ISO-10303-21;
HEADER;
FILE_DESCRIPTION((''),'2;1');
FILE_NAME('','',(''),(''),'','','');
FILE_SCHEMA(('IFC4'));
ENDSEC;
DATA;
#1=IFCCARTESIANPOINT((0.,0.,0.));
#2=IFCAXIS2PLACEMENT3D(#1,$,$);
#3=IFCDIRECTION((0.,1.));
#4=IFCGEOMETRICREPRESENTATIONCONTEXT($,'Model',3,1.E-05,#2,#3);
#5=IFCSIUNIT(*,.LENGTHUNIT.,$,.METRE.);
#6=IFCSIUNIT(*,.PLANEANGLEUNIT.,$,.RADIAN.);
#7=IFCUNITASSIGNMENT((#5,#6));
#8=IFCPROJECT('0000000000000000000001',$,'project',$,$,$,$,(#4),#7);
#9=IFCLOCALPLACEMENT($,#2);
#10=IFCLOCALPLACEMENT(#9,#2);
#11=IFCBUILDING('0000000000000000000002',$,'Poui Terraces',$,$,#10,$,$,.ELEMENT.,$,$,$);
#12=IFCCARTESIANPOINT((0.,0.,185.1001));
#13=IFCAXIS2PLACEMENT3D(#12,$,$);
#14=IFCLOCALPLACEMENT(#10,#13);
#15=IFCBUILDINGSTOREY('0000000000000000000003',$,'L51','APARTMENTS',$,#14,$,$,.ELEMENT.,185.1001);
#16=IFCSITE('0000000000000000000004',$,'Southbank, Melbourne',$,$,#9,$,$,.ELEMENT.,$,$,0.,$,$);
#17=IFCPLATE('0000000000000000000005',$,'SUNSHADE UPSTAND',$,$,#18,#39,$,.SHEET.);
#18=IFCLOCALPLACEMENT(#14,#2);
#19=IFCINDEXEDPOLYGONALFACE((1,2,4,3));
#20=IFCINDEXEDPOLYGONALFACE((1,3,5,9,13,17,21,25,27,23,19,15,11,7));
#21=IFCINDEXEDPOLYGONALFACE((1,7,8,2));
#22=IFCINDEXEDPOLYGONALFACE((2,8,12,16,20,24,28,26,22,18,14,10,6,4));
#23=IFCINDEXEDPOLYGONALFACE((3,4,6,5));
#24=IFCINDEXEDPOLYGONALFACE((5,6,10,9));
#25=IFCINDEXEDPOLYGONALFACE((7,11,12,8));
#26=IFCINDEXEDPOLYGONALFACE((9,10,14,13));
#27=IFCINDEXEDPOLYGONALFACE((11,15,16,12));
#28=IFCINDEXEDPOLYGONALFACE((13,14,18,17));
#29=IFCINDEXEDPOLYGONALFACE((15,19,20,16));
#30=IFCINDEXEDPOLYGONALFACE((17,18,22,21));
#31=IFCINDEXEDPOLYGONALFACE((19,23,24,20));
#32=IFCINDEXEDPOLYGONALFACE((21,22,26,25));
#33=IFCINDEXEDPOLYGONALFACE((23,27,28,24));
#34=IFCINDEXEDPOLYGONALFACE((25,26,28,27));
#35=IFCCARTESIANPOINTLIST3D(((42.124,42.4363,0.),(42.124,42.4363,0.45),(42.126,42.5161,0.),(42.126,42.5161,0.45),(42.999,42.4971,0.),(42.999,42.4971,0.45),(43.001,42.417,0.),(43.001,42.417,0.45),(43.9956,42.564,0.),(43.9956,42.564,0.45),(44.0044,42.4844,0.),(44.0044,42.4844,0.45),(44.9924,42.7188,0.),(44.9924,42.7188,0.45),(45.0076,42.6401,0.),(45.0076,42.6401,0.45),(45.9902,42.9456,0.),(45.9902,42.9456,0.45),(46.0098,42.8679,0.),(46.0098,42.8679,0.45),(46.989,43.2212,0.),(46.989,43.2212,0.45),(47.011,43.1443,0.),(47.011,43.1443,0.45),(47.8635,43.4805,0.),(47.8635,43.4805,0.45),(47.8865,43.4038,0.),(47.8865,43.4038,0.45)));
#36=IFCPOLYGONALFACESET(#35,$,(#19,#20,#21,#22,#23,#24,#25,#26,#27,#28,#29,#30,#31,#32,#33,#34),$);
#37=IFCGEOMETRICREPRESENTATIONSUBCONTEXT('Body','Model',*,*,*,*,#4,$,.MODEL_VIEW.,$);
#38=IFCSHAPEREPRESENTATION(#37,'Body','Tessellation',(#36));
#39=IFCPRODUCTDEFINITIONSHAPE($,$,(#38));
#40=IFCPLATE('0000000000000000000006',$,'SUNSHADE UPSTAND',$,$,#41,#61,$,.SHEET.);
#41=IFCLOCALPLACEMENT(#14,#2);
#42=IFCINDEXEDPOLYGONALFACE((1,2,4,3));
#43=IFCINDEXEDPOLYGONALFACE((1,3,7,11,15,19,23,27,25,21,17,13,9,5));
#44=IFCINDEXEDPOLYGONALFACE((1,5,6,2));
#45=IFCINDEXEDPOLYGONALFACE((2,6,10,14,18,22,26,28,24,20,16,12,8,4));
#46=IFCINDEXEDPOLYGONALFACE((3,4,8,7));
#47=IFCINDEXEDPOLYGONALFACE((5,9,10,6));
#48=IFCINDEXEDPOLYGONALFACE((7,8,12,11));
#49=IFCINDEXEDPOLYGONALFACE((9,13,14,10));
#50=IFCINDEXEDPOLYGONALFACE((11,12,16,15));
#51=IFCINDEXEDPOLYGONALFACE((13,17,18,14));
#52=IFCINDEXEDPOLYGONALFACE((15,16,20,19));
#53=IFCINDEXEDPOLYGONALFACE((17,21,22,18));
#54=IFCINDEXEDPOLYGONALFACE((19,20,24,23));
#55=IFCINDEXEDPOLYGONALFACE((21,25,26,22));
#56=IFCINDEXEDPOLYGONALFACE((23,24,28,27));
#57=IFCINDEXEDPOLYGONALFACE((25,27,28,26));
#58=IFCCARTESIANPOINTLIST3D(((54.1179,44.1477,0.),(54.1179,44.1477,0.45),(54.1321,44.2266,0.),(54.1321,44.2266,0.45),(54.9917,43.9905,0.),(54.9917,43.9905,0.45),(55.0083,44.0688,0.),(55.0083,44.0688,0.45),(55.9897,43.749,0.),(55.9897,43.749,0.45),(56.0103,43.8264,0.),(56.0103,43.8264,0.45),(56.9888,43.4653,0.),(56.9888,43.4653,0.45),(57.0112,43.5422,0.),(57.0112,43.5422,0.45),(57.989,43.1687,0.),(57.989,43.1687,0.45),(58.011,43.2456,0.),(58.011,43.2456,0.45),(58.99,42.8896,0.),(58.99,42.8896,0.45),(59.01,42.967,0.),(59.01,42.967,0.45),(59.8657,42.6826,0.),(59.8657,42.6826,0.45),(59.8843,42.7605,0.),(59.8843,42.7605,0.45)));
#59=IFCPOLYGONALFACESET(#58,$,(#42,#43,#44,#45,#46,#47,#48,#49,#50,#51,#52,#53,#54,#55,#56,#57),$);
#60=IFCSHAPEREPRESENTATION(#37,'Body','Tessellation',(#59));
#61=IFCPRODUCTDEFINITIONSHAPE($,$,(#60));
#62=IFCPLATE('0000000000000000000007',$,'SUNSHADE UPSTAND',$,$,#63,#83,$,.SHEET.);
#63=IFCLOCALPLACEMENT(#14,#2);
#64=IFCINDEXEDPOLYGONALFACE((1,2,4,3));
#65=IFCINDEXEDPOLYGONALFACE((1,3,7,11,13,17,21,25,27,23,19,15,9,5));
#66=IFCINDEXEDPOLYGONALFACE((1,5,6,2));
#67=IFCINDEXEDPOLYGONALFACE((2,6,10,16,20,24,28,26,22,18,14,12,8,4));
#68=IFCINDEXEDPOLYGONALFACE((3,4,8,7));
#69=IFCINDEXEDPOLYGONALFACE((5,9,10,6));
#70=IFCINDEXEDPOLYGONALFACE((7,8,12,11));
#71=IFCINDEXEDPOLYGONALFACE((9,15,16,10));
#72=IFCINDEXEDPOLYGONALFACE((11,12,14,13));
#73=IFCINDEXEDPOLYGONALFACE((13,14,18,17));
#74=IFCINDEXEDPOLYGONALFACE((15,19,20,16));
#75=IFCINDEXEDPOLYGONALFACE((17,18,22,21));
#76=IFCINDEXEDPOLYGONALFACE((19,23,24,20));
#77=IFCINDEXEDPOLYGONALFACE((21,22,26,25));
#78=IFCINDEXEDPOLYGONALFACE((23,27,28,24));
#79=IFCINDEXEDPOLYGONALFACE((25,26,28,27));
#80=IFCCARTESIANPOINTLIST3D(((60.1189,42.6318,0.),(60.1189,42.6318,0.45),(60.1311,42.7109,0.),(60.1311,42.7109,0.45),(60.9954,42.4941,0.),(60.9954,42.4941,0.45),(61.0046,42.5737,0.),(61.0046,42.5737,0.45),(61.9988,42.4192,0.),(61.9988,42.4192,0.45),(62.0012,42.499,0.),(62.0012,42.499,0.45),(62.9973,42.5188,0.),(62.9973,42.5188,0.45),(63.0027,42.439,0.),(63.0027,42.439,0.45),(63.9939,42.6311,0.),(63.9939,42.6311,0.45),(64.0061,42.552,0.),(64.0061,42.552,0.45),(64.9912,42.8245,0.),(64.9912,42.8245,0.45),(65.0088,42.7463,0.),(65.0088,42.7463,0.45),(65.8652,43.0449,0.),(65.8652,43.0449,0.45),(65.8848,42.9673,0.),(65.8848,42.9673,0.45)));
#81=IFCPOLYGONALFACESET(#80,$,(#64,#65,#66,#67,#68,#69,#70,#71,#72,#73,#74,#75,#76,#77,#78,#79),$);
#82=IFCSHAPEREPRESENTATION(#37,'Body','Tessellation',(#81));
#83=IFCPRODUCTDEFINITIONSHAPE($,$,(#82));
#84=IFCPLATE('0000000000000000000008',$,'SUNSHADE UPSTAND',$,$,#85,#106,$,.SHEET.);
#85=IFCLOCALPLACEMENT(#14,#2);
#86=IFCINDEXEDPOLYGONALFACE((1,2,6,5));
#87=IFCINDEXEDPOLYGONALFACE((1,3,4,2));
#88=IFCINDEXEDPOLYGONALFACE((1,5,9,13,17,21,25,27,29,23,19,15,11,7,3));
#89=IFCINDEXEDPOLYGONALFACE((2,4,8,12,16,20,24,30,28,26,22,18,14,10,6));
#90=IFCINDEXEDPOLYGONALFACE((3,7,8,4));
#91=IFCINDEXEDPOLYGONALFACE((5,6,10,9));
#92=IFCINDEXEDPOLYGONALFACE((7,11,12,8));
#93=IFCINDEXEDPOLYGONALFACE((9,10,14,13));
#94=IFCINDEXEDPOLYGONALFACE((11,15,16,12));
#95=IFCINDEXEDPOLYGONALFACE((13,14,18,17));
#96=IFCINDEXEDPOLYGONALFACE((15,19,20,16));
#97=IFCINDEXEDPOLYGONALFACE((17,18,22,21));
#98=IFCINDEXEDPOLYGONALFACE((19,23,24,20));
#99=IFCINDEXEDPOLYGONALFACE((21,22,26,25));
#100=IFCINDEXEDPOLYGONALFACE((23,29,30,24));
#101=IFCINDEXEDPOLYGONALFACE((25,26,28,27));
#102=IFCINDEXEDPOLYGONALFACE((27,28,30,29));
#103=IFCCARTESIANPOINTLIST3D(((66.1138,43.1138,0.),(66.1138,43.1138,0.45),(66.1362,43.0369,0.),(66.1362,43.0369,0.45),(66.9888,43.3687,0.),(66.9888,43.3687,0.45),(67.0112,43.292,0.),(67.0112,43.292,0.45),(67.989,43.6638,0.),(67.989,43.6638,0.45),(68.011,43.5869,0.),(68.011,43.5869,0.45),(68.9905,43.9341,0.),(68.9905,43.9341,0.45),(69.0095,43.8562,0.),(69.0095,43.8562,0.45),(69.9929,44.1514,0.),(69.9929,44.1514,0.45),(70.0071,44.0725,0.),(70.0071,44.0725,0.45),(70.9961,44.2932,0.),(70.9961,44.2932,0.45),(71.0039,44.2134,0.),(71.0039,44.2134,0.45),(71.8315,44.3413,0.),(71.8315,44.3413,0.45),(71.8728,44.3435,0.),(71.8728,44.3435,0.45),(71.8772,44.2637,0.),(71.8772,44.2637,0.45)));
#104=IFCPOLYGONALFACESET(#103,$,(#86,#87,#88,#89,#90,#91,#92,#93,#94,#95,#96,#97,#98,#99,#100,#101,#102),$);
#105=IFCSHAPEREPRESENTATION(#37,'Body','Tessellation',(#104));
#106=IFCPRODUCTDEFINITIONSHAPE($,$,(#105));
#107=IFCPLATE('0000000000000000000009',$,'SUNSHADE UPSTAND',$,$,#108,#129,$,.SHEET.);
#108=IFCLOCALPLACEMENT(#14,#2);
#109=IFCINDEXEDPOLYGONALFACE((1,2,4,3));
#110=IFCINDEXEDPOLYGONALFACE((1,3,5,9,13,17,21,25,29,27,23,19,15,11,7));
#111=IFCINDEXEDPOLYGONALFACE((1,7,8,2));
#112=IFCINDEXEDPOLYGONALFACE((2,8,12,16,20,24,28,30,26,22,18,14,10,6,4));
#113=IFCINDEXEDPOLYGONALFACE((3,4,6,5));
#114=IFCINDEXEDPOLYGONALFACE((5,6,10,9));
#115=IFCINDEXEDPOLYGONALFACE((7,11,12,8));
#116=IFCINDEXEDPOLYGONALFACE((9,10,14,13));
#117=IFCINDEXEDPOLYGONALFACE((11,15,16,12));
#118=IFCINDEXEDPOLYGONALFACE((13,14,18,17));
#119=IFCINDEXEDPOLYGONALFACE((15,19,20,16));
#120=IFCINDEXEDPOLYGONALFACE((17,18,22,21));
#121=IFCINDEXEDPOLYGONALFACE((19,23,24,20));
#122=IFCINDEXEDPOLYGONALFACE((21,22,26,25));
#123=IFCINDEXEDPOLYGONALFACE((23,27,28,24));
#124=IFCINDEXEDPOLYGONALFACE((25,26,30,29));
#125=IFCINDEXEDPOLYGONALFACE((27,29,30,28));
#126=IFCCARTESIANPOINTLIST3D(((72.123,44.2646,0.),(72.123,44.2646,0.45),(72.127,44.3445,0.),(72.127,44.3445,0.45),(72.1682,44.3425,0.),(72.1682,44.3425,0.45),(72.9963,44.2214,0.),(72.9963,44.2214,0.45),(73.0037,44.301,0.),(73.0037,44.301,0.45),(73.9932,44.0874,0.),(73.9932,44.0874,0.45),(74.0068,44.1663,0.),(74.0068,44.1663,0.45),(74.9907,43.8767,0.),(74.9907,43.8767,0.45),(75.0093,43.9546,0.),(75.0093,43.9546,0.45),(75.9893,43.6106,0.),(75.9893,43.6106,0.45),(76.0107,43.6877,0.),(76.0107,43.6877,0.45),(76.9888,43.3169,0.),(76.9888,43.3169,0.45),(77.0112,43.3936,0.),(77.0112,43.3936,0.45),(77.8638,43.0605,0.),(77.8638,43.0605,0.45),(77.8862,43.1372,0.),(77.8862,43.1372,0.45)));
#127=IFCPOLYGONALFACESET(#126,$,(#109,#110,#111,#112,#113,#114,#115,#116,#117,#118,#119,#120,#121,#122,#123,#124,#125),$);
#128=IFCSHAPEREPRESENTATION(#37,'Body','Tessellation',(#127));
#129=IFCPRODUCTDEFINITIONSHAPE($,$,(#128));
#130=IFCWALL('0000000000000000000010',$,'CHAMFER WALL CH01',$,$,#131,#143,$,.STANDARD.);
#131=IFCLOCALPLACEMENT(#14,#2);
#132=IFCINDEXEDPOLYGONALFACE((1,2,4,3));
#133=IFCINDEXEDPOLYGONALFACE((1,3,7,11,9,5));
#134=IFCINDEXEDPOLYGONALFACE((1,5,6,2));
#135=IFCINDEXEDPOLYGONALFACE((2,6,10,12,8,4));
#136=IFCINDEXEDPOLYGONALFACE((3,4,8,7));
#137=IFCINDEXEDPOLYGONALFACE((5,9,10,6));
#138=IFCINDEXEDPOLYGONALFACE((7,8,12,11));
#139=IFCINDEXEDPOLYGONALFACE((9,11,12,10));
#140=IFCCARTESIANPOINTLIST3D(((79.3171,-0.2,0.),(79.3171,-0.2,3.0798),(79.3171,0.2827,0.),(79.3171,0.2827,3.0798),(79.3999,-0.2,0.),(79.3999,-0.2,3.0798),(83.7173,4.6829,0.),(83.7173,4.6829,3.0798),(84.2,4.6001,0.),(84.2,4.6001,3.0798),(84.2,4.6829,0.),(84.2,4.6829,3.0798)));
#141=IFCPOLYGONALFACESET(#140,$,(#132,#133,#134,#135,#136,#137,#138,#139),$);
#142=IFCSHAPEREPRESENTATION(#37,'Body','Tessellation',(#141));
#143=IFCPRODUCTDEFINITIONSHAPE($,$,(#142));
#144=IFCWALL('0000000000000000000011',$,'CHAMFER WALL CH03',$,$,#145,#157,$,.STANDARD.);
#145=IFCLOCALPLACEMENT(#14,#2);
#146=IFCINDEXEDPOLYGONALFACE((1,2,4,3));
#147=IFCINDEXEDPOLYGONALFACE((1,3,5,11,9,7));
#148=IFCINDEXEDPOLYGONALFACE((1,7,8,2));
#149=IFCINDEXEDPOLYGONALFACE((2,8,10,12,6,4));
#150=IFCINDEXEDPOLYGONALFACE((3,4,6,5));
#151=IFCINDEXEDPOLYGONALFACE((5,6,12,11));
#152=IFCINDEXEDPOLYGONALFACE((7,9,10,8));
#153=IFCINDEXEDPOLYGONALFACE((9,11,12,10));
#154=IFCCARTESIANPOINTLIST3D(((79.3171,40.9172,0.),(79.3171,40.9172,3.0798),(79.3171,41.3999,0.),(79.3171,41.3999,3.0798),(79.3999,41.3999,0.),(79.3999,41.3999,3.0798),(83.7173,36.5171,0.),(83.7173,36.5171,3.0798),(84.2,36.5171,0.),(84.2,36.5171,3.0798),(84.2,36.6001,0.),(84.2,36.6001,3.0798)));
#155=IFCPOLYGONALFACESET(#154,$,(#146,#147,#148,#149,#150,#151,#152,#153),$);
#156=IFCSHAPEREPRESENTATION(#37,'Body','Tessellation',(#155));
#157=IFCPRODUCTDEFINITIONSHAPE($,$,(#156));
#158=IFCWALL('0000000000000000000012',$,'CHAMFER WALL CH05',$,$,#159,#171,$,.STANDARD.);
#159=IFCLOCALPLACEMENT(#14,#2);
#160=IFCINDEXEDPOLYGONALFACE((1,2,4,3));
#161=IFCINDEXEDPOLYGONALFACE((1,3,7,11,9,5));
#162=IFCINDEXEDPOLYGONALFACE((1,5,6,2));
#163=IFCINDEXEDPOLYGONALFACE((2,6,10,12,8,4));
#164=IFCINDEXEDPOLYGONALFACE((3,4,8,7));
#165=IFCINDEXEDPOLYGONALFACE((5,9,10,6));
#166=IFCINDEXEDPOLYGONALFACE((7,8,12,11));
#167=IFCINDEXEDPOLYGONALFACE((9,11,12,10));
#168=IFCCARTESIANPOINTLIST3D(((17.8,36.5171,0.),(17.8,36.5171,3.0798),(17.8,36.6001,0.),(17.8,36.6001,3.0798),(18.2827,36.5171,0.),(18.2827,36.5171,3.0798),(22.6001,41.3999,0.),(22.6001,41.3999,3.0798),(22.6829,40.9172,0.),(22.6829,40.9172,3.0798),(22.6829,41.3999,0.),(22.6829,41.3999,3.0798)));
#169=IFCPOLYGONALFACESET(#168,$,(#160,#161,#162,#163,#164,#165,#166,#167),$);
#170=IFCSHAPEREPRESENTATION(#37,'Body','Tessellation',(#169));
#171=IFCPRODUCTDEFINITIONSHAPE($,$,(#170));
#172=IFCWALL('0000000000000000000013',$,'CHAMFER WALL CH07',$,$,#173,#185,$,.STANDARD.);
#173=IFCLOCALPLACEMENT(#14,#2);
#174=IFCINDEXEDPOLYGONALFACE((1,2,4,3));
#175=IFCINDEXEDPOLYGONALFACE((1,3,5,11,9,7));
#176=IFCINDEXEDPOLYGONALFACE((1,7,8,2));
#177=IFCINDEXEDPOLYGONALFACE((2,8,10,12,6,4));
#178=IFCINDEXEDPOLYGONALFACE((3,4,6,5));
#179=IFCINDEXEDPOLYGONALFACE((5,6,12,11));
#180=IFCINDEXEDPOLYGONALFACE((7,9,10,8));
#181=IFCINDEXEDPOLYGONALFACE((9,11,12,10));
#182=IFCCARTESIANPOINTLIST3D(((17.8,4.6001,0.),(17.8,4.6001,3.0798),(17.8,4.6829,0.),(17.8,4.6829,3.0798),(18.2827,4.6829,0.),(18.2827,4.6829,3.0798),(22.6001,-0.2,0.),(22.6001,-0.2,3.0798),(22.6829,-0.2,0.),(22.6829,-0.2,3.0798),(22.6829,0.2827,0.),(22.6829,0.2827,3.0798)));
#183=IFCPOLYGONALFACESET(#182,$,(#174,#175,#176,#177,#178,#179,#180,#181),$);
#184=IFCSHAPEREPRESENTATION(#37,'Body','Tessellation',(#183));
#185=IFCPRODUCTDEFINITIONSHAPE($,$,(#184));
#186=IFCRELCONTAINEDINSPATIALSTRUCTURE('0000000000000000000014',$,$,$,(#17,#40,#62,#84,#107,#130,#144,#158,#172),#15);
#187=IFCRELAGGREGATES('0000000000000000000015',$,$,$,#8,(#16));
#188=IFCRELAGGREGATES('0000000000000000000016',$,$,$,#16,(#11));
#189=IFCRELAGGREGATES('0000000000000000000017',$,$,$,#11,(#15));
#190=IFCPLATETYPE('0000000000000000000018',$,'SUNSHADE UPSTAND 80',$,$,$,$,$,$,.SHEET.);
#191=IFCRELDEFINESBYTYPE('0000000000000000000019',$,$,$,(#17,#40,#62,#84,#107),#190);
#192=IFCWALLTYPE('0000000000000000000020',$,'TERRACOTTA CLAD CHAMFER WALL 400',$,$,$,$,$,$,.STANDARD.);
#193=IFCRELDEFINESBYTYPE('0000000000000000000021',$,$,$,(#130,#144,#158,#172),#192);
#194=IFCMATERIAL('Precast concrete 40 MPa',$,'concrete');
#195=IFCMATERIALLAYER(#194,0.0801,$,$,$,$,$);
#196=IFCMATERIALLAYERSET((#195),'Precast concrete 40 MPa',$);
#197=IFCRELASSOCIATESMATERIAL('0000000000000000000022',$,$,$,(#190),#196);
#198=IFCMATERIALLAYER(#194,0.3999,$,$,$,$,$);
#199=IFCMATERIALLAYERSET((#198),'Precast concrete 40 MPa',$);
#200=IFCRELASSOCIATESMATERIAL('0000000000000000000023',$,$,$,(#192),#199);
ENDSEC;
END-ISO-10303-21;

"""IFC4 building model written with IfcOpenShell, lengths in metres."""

from ifc_helpers import new_model, si_unit, direction, frame, origin, place, context, subcontext, project, spatial, polyline, outline, extrude, material, layer, layer_set, type_object, element, save


model = new_model("IFC4")

# Units and contexts
model_context = context("Model", 3, precision=1e-05, world=origin(), true_north=direction((0.0, 1.0)))
body_context = subcontext(model_context, "Body", "Model", "MODEL_VIEW")
ifc_project = project(units=[si_unit("LENGTHUNIT", "METRE"), si_unit("PLANEANGLEUNIT", "RADIAN")], contexts=[model_context])

# Site, building, storey
site_placement = place(None, origin())
site = spatial("IfcSite", under=ifc_project, at=site_placement, Name="Southbank, Melbourne", CompositionType="ELEMENT", RefElevation=0.0)
building_placement = place(site_placement, origin())
building = spatial("IfcBuilding", under=site, at=building_placement, Name="Poui Terraces", CompositionType="ELEMENT")
storey_placement = place(building_placement, frame((0.0, 0.0, 185.1001)))
storey = spatial("IfcBuildingStorey", under=building, at=storey_placement, Name="L51", Description="APARTMENTS", CompositionType="ELEMENT", Elevation=185.1001)

# Shared definitions
ifc_material_1 = material(Name="Precast concrete 40 MPa", Category="concrete")

# Plates
ifc_layer_1 = layer(ifc_material_1, 0.0801)
ifc_layer_set_1 = layer_set([ifc_layer_1], Name="Precast concrete 40 MPa")
plate_type = type_object("IfcPlateType", Name="SUNSHADE UPSTAND 80", PredefinedType="SHEET", material=ifc_layer_set_1)
plate_1_placement = place(storey_placement, origin())
element("IfcPlate", 1, at=plate_1_placement, inside=storey, type_object=plate_type, Name="SUNSHADE UPSTAND", PredefinedType="SHEET", context=body_context, shape_type="SweptSolid", body=[
    extrude(outline(polyline([(42.999, 42.4971), (42.126, 42.5161), (42.124, 42.4363), (43.001, 42.417), (44.0044, 42.4844), (45.0076, 42.6401), (46.0098, 42.8679), (47.011, 43.1443), (47.8865, 43.4038), (47.8635, 43.4805), (46.989, 43.2212), (45.9902, 42.9456), (44.9924, 42.7188), (43.9956, 42.564), (42.999, 42.4971)])), origin(), (0.0, 0.0, 1.0), 0.45),
])
plate_2_placement = place(storey_placement, origin())
element("IfcPlate", 2, at=plate_2_placement, inside=storey, type_object=plate_type, Name="SUNSHADE UPSTAND", PredefinedType="SHEET", context=body_context, shape_type="SweptSolid", body=[
    extrude(outline(polyline([(55.0083, 44.0688), (54.1321, 44.2266), (54.1179, 44.1477), (54.9917, 43.9905), (55.9897, 43.749), (56.9888, 43.4653), (57.989, 43.1687), (58.99, 42.8896), (59.8657, 42.6826), (59.8843, 42.7605), (59.01, 42.967), (58.011, 43.2456), (57.0112, 43.5422), (56.0103, 43.8264), (55.0083, 44.0688)])), origin(), (0.0, 0.0, 1.0), 0.45),
])
plate_3_placement = place(storey_placement, origin())
element("IfcPlate", 3, at=plate_3_placement, inside=storey, type_object=plate_type, Name="SUNSHADE UPSTAND", PredefinedType="SHEET", context=body_context, shape_type="SweptSolid", body=[
    extrude(outline(polyline([(61.0046, 42.5737), (60.1311, 42.7109), (60.1189, 42.6318), (60.9954, 42.4941), (61.9988, 42.4192), (63.0027, 42.439), (64.0061, 42.552), (65.0088, 42.7463), (65.8848, 42.9673), (65.8652, 43.0449), (64.9912, 42.8245), (63.9939, 42.6311), (62.9973, 42.5188), (62.0012, 42.499), (61.0046, 42.5737)])), origin(), (0.0, 0.0, 1.0), 0.45),
])
plate_4_placement = place(storey_placement, origin())
element("IfcPlate", 4, at=plate_4_placement, inside=storey, type_object=plate_type, Name="SUNSHADE UPSTAND", PredefinedType="SHEET", context=body_context, shape_type="SweptSolid", body=[
    extrude(outline(polyline([(66.9888, 43.3687), (66.1138, 43.1138), (66.1362, 43.0369), (67.0112, 43.292), (68.011, 43.5869), (69.0095, 43.8562), (70.0071, 44.0725), (71.0039, 44.2134), (71.8772, 44.2637), (71.8728, 44.3435), (71.8315, 44.3413), (70.9961, 44.2932), (69.9929, 44.1514), (68.9905, 43.9341), (67.989, 43.6638), (66.9888, 43.3687)])), origin(), (0.0, 0.0, 1.0), 0.45),
])
plate_5_placement = place(storey_placement, origin())
element("IfcPlate", 5, at=plate_5_placement, inside=storey, type_object=plate_type, Name="SUNSHADE UPSTAND", PredefinedType="SHEET", context=body_context, shape_type="SweptSolid", body=[
    extrude(outline(polyline([(73.0037, 44.301), (72.1682, 44.3425), (72.127, 44.3445), (72.123, 44.2646), (72.9963, 44.2214), (73.9932, 44.0874), (74.9907, 43.8767), (75.9893, 43.6106), (76.9888, 43.3169), (77.8638, 43.0605), (77.8862, 43.1372), (77.0112, 43.3936), (76.0107, 43.6877), (75.0093, 43.9546), (74.0068, 44.1663), (73.0037, 44.301)])), origin(), (0.0, 0.0, 1.0), 0.45),
])

# Walls
ifc_layer_2 = layer(ifc_material_1, 0.3999)
ifc_layer_set_2 = layer_set([ifc_layer_2], Name="Precast concrete 40 MPa")
wall_type = type_object("IfcWallType", Name="TERRACOTTA CLAD CHAMFER WALL 400", PredefinedType="STANDARD", material=ifc_layer_set_2)
wall_1_placement = place(storey_placement, origin())
element("IfcWall", 6, at=wall_1_placement, inside=storey, type_object=wall_type, Name="CHAMFER WALL CH01", PredefinedType="STANDARD", context=body_context, shape_type="SweptSolid", body=[
    extrude(outline(polyline([(79.3171, -0.2), (79.3999, -0.2), (84.2, 4.6001), (84.2, 4.6829), (83.7173, 4.6829), (79.3171, 0.2827), (79.3171, -0.2)])), origin(), (0.0, 0.0, 1.0), 3.0798),
])
wall_2_placement = place(storey_placement, origin())
element("IfcWall", 7, at=wall_2_placement, inside=storey, type_object=wall_type, Name="CHAMFER WALL CH03", PredefinedType="STANDARD", context=body_context, shape_type="SweptSolid", body=[
    extrude(outline(polyline([(84.2, 36.5171), (84.2, 36.6001), (79.3999, 41.3999), (79.3171, 41.3999), (79.3171, 40.9172), (83.7173, 36.5171), (84.2, 36.5171)])), origin(), (0.0, 0.0, 1.0), 3.0798),
])
wall_3_placement = place(storey_placement, origin())
element("IfcWall", 8, at=wall_3_placement, inside=storey, type_object=wall_type, Name="CHAMFER WALL CH05", PredefinedType="STANDARD", context=body_context, shape_type="SweptSolid", body=[
    extrude(outline(polyline([(22.6829, 41.3999), (22.6001, 41.3999), (17.8, 36.6001), (17.8, 36.5171), (18.2827, 36.5171), (22.6829, 40.9172), (22.6829, 41.3999)])), origin(), (0.0, 0.0, 1.0), 3.0798),
])
wall_4_placement = place(storey_placement, origin())
element("IfcWall", 9, at=wall_4_placement, inside=storey, type_object=wall_type, Name="CHAMFER WALL CH07", PredefinedType="STANDARD", context=body_context, shape_type="SweptSolid", body=[
    extrude(outline(polyline([(17.8, 4.6829), (17.8, 4.6001), (22.6001, -0.2), (22.6829, -0.2), (22.6829, 0.2827), (18.2827, 4.6829), (17.8, 4.6829)])), origin(), (0.0, 0.0, 1.0), 3.0798),
])

save(model, "model.ifc")
